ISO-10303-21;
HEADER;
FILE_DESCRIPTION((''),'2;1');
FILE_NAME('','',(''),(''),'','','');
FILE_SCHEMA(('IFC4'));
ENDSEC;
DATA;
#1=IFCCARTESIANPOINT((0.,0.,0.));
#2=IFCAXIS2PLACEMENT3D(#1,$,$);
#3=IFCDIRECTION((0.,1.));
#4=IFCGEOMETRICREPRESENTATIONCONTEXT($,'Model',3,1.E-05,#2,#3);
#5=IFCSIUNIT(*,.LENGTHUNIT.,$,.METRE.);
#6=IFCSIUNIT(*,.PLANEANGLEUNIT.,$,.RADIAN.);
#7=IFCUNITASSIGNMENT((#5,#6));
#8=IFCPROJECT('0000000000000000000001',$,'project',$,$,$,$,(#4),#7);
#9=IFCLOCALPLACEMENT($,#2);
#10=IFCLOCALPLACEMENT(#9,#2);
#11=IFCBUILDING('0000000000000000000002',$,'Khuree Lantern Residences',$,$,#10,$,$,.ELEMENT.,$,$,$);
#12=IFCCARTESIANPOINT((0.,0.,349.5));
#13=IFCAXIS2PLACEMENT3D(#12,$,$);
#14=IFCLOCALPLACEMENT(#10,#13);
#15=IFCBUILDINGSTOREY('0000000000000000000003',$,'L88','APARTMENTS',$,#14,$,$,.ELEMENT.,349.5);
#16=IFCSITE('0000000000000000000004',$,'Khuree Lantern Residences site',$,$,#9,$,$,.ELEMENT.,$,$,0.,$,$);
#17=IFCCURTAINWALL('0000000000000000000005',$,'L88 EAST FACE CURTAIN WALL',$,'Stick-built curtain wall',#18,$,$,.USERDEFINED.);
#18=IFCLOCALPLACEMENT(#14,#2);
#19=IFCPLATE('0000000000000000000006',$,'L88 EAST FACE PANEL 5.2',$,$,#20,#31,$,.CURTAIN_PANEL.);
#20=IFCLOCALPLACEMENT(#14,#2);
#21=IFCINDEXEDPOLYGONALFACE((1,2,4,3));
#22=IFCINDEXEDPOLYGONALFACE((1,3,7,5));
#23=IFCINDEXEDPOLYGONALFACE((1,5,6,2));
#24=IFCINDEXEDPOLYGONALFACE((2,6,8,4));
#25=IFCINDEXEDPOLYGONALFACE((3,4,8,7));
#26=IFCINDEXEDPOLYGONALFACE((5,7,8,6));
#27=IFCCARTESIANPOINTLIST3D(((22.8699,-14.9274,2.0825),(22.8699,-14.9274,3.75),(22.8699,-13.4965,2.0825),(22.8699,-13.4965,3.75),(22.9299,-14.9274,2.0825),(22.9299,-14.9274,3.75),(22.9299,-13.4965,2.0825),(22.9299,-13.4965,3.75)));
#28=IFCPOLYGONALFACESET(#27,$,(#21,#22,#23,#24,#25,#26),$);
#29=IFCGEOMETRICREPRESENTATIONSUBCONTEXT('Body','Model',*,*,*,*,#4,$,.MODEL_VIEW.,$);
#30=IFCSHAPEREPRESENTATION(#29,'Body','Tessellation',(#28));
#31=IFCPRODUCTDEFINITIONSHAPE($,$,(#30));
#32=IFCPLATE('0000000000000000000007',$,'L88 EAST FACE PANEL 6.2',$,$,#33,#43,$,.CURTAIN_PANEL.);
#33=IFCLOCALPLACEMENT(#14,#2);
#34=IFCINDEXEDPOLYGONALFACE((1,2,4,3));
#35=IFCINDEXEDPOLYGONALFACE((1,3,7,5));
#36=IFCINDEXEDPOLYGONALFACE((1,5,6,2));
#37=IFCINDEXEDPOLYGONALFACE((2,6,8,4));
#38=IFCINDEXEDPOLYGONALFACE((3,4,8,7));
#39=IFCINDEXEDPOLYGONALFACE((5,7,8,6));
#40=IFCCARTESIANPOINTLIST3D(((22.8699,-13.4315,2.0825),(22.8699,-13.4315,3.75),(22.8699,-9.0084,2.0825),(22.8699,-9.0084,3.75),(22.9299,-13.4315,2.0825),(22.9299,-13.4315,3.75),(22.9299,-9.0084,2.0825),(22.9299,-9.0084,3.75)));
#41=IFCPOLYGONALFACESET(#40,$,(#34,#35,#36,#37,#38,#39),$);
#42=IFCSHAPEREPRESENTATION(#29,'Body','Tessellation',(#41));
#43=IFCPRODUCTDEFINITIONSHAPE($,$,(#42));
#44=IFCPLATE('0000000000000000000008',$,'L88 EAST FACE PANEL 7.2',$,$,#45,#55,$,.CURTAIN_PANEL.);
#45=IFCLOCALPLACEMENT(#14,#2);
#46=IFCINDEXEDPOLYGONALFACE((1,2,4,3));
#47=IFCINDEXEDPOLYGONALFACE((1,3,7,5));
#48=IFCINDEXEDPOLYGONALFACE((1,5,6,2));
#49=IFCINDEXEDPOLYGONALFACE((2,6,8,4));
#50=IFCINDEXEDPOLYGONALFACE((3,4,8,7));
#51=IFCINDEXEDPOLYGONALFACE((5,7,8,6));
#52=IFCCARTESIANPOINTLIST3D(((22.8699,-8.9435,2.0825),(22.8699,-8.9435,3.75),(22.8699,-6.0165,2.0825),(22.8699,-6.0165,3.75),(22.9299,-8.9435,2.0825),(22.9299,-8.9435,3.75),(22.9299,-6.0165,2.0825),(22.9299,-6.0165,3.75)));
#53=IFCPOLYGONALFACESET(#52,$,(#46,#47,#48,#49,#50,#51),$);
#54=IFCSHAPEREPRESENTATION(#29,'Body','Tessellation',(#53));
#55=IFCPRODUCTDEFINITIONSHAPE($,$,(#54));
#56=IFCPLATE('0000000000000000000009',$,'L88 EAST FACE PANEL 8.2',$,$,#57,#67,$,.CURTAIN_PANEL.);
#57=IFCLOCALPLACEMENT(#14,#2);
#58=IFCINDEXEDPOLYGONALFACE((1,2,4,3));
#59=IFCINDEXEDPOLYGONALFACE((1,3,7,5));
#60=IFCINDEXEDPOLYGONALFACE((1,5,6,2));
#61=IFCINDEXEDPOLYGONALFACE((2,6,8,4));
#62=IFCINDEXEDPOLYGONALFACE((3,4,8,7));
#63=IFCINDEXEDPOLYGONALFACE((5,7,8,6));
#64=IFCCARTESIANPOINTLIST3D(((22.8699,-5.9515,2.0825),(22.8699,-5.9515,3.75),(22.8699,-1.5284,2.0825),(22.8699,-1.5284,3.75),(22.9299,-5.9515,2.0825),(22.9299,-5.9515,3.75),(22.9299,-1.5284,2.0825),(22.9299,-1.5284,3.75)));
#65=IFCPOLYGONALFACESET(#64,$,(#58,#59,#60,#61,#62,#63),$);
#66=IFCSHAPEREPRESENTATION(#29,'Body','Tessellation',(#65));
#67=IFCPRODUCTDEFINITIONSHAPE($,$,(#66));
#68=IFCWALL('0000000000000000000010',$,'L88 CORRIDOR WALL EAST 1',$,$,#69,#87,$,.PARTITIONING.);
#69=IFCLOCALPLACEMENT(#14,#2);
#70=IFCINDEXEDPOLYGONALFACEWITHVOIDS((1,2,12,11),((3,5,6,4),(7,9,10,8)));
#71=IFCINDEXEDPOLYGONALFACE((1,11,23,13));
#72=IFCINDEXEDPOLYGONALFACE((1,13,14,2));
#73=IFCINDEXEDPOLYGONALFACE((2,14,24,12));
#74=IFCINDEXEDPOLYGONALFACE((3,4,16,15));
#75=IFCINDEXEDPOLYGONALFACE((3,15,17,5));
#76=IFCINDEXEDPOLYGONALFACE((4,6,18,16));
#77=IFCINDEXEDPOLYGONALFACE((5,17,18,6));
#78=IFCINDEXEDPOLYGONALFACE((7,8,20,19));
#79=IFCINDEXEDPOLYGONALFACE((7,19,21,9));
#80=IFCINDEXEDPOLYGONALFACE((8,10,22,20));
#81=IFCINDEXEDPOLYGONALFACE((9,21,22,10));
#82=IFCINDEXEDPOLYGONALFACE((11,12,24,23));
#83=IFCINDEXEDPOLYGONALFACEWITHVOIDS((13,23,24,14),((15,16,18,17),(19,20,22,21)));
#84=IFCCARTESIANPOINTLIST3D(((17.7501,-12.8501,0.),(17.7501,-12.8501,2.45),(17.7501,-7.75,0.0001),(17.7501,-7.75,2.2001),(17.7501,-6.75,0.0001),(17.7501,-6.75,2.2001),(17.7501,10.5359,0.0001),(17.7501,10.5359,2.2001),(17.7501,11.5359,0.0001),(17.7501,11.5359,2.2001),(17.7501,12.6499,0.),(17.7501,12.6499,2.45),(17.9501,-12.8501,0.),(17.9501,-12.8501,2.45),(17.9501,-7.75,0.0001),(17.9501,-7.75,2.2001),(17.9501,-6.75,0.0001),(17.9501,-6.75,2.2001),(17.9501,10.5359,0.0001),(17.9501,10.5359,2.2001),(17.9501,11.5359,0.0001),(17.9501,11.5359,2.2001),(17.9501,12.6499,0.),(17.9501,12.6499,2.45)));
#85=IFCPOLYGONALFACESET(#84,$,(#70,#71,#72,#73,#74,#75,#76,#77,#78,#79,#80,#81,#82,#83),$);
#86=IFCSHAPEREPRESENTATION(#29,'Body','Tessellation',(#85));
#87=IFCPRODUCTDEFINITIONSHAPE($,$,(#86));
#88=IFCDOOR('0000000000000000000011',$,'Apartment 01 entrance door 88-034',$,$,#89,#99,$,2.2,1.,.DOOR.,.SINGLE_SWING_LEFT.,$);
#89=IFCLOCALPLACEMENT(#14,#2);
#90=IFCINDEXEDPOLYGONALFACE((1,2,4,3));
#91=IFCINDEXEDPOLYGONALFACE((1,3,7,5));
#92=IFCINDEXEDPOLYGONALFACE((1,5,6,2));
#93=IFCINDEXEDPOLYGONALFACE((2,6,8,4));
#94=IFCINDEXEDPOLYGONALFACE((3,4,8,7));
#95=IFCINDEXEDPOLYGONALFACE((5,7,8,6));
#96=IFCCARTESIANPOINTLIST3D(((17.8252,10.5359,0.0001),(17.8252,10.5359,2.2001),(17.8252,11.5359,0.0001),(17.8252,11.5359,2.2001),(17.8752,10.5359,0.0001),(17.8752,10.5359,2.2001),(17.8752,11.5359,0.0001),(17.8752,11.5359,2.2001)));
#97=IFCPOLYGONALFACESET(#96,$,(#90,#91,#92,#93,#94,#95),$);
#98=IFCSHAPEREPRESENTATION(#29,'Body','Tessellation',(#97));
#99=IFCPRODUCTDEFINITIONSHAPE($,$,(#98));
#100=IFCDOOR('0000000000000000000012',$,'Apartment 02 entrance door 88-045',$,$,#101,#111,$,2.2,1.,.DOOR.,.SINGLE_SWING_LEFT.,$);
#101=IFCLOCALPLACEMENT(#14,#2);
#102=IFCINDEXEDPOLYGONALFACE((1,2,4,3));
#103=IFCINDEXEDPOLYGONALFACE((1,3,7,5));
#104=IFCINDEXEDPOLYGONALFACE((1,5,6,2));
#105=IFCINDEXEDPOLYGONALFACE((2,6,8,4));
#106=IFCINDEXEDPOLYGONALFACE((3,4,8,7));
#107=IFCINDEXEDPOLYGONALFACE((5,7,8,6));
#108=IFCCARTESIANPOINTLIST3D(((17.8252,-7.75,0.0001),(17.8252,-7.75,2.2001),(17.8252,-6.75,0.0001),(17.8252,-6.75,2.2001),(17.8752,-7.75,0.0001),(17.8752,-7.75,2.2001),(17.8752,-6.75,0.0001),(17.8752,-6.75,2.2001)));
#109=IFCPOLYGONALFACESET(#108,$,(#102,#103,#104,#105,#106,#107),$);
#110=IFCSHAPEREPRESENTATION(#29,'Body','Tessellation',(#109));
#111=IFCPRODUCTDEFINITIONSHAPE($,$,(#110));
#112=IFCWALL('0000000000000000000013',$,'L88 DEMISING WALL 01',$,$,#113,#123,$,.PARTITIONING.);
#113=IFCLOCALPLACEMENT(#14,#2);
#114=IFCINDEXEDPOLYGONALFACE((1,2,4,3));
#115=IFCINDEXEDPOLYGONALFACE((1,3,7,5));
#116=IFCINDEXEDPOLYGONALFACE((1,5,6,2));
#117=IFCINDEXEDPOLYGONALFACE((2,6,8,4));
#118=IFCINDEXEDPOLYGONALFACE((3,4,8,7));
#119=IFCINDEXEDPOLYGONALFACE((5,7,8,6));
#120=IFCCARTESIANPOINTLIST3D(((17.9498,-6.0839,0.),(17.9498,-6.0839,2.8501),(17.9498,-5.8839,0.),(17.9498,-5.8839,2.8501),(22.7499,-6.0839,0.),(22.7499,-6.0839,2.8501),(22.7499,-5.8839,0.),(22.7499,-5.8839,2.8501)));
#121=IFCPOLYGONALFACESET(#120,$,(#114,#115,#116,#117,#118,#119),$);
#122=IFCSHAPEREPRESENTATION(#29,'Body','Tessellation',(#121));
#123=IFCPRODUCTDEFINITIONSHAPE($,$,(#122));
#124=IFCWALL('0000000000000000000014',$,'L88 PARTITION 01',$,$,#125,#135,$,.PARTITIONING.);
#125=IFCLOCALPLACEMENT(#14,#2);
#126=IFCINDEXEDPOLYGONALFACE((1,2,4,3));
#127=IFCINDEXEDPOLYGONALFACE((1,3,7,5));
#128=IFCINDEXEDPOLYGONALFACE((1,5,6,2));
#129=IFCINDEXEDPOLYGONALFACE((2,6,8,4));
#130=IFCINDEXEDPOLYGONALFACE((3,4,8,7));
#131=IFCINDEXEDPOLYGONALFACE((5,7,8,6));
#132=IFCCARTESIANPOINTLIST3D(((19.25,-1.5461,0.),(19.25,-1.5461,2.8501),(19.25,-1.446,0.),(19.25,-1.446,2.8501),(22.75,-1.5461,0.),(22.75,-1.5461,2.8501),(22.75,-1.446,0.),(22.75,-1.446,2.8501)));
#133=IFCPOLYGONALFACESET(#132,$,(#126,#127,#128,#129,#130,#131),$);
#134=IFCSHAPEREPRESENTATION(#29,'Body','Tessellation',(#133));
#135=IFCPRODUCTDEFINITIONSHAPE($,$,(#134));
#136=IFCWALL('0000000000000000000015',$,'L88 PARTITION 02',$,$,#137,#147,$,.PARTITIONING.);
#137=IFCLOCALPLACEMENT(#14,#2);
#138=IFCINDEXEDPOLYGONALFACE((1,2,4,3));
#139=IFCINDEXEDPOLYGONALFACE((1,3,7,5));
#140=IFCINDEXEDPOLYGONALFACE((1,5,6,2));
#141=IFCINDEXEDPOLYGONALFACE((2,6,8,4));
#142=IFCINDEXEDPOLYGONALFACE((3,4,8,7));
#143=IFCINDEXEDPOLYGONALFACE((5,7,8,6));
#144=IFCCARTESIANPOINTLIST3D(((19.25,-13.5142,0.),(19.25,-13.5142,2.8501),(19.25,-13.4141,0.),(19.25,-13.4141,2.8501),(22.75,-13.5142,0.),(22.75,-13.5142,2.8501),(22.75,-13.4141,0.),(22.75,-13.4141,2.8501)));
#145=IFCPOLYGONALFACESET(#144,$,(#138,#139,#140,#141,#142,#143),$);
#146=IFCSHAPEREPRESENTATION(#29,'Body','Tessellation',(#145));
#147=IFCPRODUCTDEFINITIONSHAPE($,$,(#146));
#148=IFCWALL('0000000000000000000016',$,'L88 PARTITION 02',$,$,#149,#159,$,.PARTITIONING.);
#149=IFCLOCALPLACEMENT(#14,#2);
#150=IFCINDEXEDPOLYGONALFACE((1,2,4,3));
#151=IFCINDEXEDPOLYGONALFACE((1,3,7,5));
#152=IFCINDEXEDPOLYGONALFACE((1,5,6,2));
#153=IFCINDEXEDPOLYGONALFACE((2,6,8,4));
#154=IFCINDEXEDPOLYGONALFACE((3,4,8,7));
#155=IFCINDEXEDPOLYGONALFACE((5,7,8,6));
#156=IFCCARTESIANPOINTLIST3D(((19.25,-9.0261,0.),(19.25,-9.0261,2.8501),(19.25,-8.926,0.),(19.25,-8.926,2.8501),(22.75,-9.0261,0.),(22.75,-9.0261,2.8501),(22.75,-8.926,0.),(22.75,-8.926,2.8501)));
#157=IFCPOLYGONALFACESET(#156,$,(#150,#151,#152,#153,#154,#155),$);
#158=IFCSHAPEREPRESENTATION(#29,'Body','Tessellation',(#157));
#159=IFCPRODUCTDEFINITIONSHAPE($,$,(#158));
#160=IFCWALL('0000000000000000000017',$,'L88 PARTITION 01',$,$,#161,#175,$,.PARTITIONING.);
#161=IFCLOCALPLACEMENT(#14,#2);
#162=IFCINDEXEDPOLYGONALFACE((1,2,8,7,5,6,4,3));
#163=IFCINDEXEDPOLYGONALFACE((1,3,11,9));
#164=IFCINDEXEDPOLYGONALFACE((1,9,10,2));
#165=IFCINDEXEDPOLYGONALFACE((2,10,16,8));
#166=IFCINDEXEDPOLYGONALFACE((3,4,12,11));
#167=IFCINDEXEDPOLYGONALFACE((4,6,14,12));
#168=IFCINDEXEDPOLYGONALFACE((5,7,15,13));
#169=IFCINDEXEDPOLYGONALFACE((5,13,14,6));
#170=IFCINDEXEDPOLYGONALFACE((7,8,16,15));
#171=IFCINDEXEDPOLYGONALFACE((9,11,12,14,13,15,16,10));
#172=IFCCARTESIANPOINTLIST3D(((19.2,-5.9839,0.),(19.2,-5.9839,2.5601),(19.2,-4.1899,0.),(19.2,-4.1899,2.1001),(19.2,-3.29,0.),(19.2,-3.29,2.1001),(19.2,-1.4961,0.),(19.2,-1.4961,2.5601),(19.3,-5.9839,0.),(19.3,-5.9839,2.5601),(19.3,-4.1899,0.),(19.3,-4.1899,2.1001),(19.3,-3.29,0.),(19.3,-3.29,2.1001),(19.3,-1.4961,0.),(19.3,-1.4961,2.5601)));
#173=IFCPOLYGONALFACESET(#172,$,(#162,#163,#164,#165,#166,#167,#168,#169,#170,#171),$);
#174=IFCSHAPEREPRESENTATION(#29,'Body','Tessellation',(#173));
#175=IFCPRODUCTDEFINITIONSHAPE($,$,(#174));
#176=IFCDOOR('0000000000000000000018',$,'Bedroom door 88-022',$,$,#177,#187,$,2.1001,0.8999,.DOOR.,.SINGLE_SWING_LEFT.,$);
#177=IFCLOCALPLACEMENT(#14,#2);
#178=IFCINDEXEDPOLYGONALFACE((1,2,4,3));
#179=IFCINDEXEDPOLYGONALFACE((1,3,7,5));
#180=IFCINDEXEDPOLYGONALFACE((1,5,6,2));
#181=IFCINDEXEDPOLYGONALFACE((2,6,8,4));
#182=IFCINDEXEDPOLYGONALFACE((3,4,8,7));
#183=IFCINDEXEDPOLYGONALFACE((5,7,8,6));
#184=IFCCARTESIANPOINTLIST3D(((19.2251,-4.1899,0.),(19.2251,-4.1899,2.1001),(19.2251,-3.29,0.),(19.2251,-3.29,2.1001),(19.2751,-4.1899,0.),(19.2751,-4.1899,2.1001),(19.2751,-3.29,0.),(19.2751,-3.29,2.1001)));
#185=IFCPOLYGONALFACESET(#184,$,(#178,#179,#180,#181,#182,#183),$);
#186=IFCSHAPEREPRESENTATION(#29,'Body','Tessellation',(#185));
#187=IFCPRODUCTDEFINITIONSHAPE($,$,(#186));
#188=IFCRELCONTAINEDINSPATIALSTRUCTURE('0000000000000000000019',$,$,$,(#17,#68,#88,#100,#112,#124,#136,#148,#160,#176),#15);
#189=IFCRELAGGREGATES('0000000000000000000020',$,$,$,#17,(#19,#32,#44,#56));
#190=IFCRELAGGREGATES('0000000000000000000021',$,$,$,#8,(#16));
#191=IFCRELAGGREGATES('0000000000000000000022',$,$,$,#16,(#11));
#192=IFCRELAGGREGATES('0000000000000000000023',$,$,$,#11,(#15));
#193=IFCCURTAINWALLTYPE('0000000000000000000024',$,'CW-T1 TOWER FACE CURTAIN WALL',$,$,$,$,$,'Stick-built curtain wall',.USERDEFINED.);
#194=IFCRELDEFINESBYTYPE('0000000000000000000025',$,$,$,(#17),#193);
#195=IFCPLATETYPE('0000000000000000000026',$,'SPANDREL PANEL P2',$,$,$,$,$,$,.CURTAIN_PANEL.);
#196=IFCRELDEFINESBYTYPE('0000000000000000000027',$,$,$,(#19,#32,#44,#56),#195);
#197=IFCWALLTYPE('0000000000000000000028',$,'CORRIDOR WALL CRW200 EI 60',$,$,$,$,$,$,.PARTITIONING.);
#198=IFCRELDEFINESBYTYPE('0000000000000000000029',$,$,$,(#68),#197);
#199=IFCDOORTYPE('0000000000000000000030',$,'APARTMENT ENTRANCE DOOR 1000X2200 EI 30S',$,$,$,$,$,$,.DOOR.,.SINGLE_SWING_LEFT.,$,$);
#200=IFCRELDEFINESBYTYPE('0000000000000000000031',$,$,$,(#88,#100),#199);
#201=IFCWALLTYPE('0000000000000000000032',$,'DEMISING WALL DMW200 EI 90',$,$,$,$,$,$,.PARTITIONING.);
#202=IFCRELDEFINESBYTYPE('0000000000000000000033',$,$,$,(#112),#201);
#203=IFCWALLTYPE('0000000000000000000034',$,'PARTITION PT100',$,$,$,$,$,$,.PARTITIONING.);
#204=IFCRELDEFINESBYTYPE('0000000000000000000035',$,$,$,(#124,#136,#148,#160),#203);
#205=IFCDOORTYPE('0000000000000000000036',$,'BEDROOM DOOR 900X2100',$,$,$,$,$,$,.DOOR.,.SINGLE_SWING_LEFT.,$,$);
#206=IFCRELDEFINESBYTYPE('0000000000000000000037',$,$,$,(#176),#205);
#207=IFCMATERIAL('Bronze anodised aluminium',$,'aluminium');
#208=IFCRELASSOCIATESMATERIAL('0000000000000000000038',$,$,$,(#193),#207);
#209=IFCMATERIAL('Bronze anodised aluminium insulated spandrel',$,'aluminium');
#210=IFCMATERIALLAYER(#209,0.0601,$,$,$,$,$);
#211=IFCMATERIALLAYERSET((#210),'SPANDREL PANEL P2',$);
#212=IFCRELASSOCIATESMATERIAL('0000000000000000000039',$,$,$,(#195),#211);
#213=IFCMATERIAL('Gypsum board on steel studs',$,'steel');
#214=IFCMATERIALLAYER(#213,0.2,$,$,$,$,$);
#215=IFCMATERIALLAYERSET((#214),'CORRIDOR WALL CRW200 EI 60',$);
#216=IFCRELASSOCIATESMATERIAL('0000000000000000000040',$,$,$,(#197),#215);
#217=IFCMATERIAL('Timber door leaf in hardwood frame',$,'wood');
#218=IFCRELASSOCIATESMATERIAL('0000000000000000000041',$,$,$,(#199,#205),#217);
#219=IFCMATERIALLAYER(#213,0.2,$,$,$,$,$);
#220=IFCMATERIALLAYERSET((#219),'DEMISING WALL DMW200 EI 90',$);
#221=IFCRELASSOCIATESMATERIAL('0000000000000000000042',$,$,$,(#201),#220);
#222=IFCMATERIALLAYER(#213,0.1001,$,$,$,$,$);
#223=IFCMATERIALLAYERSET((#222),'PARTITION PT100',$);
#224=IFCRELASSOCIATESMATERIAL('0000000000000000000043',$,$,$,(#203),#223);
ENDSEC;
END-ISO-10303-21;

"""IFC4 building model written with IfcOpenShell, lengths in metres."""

from ifc_helpers import new_model, si_unit, direction, frame, frame_2d, origin, origin_2d, place, context, subcontext, project, spatial, rectangle, extrude, material, layer, layer_set, type_object, element, fill, aggregate, save


model = new_model("IFC4")

# Units and contexts
model_context = context("Model", 3, precision=1e-05, world=origin(), true_north=direction((0.0, 1.0)))
body_context = subcontext(model_context, "Body", "Model", "MODEL_VIEW")
ifc_project = project(units=[si_unit("LENGTHUNIT", "METRE"), si_unit("PLANEANGLEUNIT", "RADIAN")], contexts=[model_context])

# Site, building, storey
site_placement = place(None, origin())
site = spatial("IfcSite", under=ifc_project, at=site_placement, Name="Khuree Lantern Residences site", CompositionType="ELEMENT", RefElevation=0.0)
building_placement = place(site_placement, origin())
building = spatial("IfcBuilding", under=site, at=building_placement, Name="Khuree Lantern Residences", CompositionType="ELEMENT")
storey_placement = place(building_placement, frame((0.0, 0.0, 349.5)))
storey = spatial("IfcBuildingStorey", under=building, at=storey_placement, Name="L88", Description="APARTMENTS", CompositionType="ELEMENT", Elevation=349.5)

# Curtain wall
ifc_material_1 = material(Name="Bronze anodised aluminium", Category="aluminium")
curtain_wall_type = type_object("IfcCurtainWallType", Name="CW-T1 TOWER FACE CURTAIN WALL", ElementType="Stick-built curtain wall", PredefinedType="USERDEFINED", material=ifc_material_1)
curtain_wall_placement = place(storey_placement, origin())
curtain_wall = element("IfcCurtainWall", 1, at=curtain_wall_placement, inside=storey, type_object=curtain_wall_type, Name="L88 EAST FACE CURTAIN WALL", ObjectType="Stick-built curtain wall", PredefinedType="USERDEFINED")

# Plates
ifc_material_2 = material(Name="Bronze anodised aluminium insulated spandrel", Category="aluminium")
ifc_layer_1 = layer(ifc_material_2, 0.0601)
ifc_layer_set_1 = layer_set([ifc_layer_1], Name="SPANDREL PANEL P2")
plate_type_1 = type_object("IfcPlateType", Name="SPANDREL PANEL P2", PredefinedType="CURTAIN_PANEL", material=ifc_layer_set_1)
plate_1_placement = place(storey_placement, frame((22.8999, -14.2119, 2.0825), z_axis=(0.0, 0.0, 1.0), x_axis=(0.0, 1.0, 0.0)))
plate_1 = element("IfcPlate", 2, at=plate_1_placement, type_object=plate_type_1, Name="L88 EAST FACE PANEL 5.2", PredefinedType="CURTAIN_PANEL", context=body_context, shape_type="SweptSolid", body=[
    extrude(rectangle(XDim=1.4309, YDim=0.0601, at=origin_2d()), origin(), (0.0, 0.0, 1.0), 1.6675),
])
plate_2_placement = place(storey_placement, frame((22.8999, -11.22, 2.0825), z_axis=(0.0, 0.0, 1.0), x_axis=(0.0, 1.0, 0.0)))
plate_2 = element("IfcPlate", 3, at=plate_2_placement, type_object=plate_type_1, Name="L88 EAST FACE PANEL 6.2", PredefinedType="CURTAIN_PANEL", context=body_context, shape_type="SweptSolid", body=[
    extrude(rectangle(XDim=4.4231, YDim=0.0601, at=origin_2d()), origin(), (0.0, 0.0, 1.0), 1.6675),
])
plate_3_placement = place(storey_placement, frame((22.8999, -7.48, 2.0825), z_axis=(0.0, 0.0, 1.0), x_axis=(0.0, 1.0, 0.0)))
plate_3 = element("IfcPlate", 4, at=plate_3_placement, type_object=plate_type_1, Name="L88 EAST FACE PANEL 7.2", PredefinedType="CURTAIN_PANEL", context=body_context, shape_type="SweptSolid", body=[
    extrude(rectangle(XDim=2.927, YDim=0.0601, at=origin_2d()), origin(), (0.0, 0.0, 1.0), 1.6675),
])
plate_4_placement = place(storey_placement, frame((22.8999, -3.74, 2.0825), z_axis=(0.0, 0.0, 1.0), x_axis=(0.0, 1.0, 0.0)))
plate_4 = element("IfcPlate", 5, at=plate_4_placement, type_object=plate_type_1, Name="L88 EAST FACE PANEL 8.2", PredefinedType="CURTAIN_PANEL", context=body_context, shape_type="SweptSolid", body=[
    extrude(rectangle(XDim=4.4231, YDim=0.0601, at=origin_2d()), origin(), (0.0, 0.0, 1.0), 1.6675),
])
aggregate(curtain_wall, [plate_1, plate_2, plate_3, plate_4])

# Wall, openings, doors
ifc_material_3 = material(Name="Gypsum board on steel studs", Category="steel")
ifc_layer_2 = layer(ifc_material_3, 0.2)
ifc_layer_set_2 = layer_set([ifc_layer_2], Name="CORRIDOR WALL CRW200 EI 60")
wall_type_1 = type_object("IfcWallType", Name="CORRIDOR WALL CRW200 EI 60", PredefinedType="PARTITIONING", material=ifc_layer_set_2)
wall_1_placement = place(storey_placement, frame((17.8501, -12.8501, 0.0), z_axis=(0.0, 0.0, 1.0), x_axis=(0.0, 1.0, 0.0)))
wall_1 = element("IfcWall", 6, at=wall_1_placement, inside=storey, type_object=wall_type_1, Name="L88 CORRIDOR WALL EAST 1", PredefinedType="PARTITIONING", context=body_context, shape_type="SweptSolid", body=[
    extrude(rectangle(XDim=25.5, YDim=0.2, at=frame_2d((12.75, 0.0))), origin(), (0.0, 0.0, 1.0), 2.45),
])
opening_1_placement = place(wall_1_placement, frame((23.386, 0.0, 0.0)))
opening_1 = element("IfcOpeningElement", 7, at=opening_1_placement, cuts=wall_1, PredefinedType="OPENING", context=body_context, shape_type="SweptSolid", body=[
    extrude(rectangle(XDim=1.0, YDim=2.2, at=frame_2d((0.5, 1.1001))), frame((0.0, 0.1099, 0.0), z_axis=(0.0, -1.0, 0.0), x_axis=(1.0, 0.0, 0.0)), (0.0, 0.0, 1.0), 0.22),
])
opening_2_placement = place(wall_1_placement, frame((5.1001, 0.0, 0.0)))
opening_2 = element("IfcOpeningElement", 8, at=opening_2_placement, cuts=wall_1, PredefinedType="OPENING", context=body_context, shape_type="SweptSolid", body=[
    extrude(rectangle(XDim=1.0, YDim=2.2, at=frame_2d((0.5, 1.1001))), frame((0.0, 0.1099, 0.0), z_axis=(0.0, -1.0, 0.0), x_axis=(1.0, 0.0, 0.0)), (0.0, 0.0, 1.0), 0.22),
])
ifc_material_4 = material(Name="Timber door leaf in hardwood frame", Category="wood")
door_type_1 = type_object("IfcDoorType", Name="APARTMENT ENTRANCE DOOR 1000X2200 EI 30S", OperationType="SINGLE_SWING_LEFT", PredefinedType="DOOR", material=ifc_material_4)
door_1_placement = place(opening_1_placement, origin())
door_1 = element("IfcDoor", 9, at=door_1_placement, inside=storey, type_object=door_type_1, Name="Apartment 01 entrance door 88-034", OperationType="SINGLE_SWING_LEFT", OverallHeight=2.2, OverallWidth=1.0, PredefinedType="DOOR", context=body_context, shape_type="SweptSolid", body=[
    extrude(rectangle(XDim=1.0, YDim=2.2, at=frame_2d((0.5, 1.1001))), frame((0.0, 0.0249, 0.0), z_axis=(0.0, -1.0, 0.0), x_axis=(1.0, 0.0, 0.0)), (0.0, 0.0, 1.0), 0.05),
])
fill(opening_1, door_1)
door_2_placement = place(opening_2_placement, origin())
door_2 = element("IfcDoor", 10, at=door_2_placement, inside=storey, type_object=door_type_1, Name="Apartment 02 entrance door 88-045", OperationType="SINGLE_SWING_LEFT", OverallHeight=2.2, OverallWidth=1.0, PredefinedType="DOOR", context=body_context, shape_type="SweptSolid", body=[
    extrude(rectangle(XDim=1.0, YDim=2.2, at=frame_2d((0.5, 1.1001))), frame((0.0, 0.0249, 0.0), z_axis=(0.0, -1.0, 0.0), x_axis=(1.0, 0.0, 0.0)), (0.0, 0.0, 1.0), 0.05),
])
fill(opening_2, door_2)

# Walls
ifc_layer_3 = layer(ifc_material_3, 0.2)
ifc_layer_set_3 = layer_set([ifc_layer_3], Name="DEMISING WALL DMW200 EI 90")
wall_type_2 = type_object("IfcWallType", Name="DEMISING WALL DMW200 EI 90", PredefinedType="PARTITIONING", material=ifc_layer_set_3)
wall_2_placement = place(storey_placement, frame((17.95, -5.9839, 0.0), z_axis=(0.0, 0.0, 1.0), x_axis=(1.0, 0.0, 0.0)))
element("IfcWall", 11, at=wall_2_placement, inside=storey, type_object=wall_type_2, Name="L88 DEMISING WALL 01", PredefinedType="PARTITIONING", context=body_context, shape_type="SweptSolid", body=[
    extrude(rectangle(XDim=4.8, YDim=0.2, at=frame_2d((2.3999, 0.0))), origin(), (0.0, 0.0, 1.0), 2.8501),
])
ifc_layer_4 = layer(ifc_material_3, 0.1001)
ifc_layer_set_4 = layer_set([ifc_layer_4], Name="PARTITION PT100")
wall_type_3 = type_object("IfcWallType", Name="PARTITION PT100", PredefinedType="PARTITIONING", material=ifc_layer_set_4)
for number, where, z_axis, x_axis, name in (
    (12, (19.25, -1.4961, 0.0), (0.0, 0.0, 1.0), (1.0, 0.0, 0.0), "L88 PARTITION 01"),
    (13, (19.25, -13.4641, 0.0), (0.0, 0.0, 1.0), (1.0, 0.0, 0.0), "L88 PARTITION 02"),
    (14, (19.25, -8.9761, 0.0), (0.0, 0.0, 1.0), (1.0, 0.0, 0.0), "L88 PARTITION 02"),
):
    element("IfcWall", number, at=place(storey_placement, frame(where, z_axis=z_axis, x_axis=x_axis)), inside=storey, type_object=wall_type_3, Name=name, PredefinedType="PARTITIONING", context=body_context, shape_type="SweptSolid", body=[
        extrude(rectangle(XDim=3.5, YDim=0.1001, at=frame_2d((1.75, 0.0))), origin(), (0.0, 0.0, 1.0), 2.8501),
    ])

# Wall, opening, door
wall_3_placement = place(storey_placement, frame((19.25, -5.9839, 0.0), z_axis=(0.0, 0.0, 1.0), x_axis=(0.0, 1.0, 0.0)))
wall_3 = element("IfcWall", 15, at=wall_3_placement, inside=storey, type_object=wall_type_3, Name="L88 PARTITION 01", PredefinedType="PARTITIONING", context=body_context, shape_type="SweptSolid", body=[
    extrude(rectangle(XDim=4.4878, YDim=0.1001, at=frame_2d((2.2439, 0.0))), origin(), (0.0, 0.0, 1.0), 2.5601),
])
opening_3_placement = place(wall_3_placement, frame((1.7939, 0.0, 0.0)))
opening_3 = element("IfcOpeningElement", 16, at=opening_3_placement, cuts=wall_3, PredefinedType="OPENING", context=body_context, shape_type="SweptSolid", body=[
    extrude(rectangle(XDim=0.8999, YDim=2.1001, at=frame_2d((0.45, 1.05))), frame((0.0, 0.0601, 0.0), z_axis=(0.0, -1.0, 0.0), x_axis=(1.0, 0.0, 0.0)), (0.0, 0.0, 1.0), 0.1201),
])
door_type_2 = type_object("IfcDoorType", Name="BEDROOM DOOR 900X2100", OperationType="SINGLE_SWING_LEFT", PredefinedType="DOOR", material=ifc_material_4)
door_3_placement = place(opening_3_placement, origin())
door_3 = element("IfcDoor", 17, at=door_3_placement, inside=storey, type_object=door_type_2, Name="Bedroom door 88-022", OperationType="SINGLE_SWING_LEFT", OverallHeight=2.1001, OverallWidth=0.8999, PredefinedType="DOOR", context=body_context, shape_type="SweptSolid", body=[
    extrude(rectangle(XDim=0.8999, YDim=2.1001, at=frame_2d((0.45, 1.05))), frame((0.0, 0.0249, 0.0), z_axis=(0.0, -1.0, 0.0), x_axis=(1.0, 0.0, 0.0)), (0.0, 0.0, 1.0), 0.05),
])
fill(opening_3, door_3)

save(model, "model.ifc")
